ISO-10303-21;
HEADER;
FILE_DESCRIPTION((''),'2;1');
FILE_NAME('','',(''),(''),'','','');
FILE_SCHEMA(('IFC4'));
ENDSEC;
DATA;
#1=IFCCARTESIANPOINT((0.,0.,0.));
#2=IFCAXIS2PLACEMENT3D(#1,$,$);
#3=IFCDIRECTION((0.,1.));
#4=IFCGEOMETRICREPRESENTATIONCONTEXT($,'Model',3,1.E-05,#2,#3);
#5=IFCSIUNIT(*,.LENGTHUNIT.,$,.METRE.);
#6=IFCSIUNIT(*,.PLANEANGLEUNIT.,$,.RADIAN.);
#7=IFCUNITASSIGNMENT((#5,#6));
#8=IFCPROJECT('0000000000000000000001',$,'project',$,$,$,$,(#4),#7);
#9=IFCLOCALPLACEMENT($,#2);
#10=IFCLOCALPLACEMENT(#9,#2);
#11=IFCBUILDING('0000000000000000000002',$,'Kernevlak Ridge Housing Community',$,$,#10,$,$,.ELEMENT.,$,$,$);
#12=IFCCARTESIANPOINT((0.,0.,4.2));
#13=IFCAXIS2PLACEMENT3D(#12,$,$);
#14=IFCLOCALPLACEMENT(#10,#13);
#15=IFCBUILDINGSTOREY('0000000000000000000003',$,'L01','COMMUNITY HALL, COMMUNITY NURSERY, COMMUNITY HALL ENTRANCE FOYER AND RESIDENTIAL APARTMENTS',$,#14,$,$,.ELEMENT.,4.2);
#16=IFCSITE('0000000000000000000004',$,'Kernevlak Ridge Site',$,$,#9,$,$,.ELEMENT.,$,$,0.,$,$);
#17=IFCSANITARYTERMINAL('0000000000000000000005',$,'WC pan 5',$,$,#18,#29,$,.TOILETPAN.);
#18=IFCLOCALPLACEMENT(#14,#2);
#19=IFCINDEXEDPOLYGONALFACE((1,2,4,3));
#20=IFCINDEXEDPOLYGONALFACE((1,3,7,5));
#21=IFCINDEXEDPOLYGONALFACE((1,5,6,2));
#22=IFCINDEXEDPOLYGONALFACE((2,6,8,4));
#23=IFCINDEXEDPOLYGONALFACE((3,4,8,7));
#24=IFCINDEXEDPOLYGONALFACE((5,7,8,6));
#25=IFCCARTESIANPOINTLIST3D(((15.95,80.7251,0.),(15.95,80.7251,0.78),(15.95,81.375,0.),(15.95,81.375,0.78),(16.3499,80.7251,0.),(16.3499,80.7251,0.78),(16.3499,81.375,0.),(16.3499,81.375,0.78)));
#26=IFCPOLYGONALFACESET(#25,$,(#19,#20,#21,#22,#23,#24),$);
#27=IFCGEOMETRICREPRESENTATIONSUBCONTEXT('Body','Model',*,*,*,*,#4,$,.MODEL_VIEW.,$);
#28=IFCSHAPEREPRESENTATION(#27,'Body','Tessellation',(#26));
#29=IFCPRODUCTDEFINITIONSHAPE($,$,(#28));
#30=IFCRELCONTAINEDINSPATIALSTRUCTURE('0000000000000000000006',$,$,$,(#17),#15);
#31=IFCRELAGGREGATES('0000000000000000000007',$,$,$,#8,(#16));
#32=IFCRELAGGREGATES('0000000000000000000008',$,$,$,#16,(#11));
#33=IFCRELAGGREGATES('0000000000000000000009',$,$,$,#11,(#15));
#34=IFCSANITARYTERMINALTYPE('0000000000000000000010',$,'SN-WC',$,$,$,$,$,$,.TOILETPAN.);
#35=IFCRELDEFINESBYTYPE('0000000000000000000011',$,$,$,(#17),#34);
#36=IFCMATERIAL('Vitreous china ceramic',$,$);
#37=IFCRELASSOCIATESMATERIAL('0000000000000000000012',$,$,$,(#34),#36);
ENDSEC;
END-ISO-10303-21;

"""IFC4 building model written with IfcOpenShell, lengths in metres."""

from ifc_helpers import new_model, si_unit, direction, frame, origin, origin_2d, place, context, subcontext, project, spatial, rectangle, extrude, material, type_object, element, save


model = new_model("IFC4")

# Units and contexts
model_context = context("Model", 3, precision=1e-05, world=origin(), true_north=direction((0.0, 1.0)))
body_context = subcontext(model_context, "Body", "Model", "MODEL_VIEW")
ifc_project = project(units=[si_unit("LENGTHUNIT", "METRE"), si_unit("PLANEANGLEUNIT", "RADIAN")], contexts=[model_context])

# Site, building, storey
site_placement = place(None, origin())
site = spatial("IfcSite", under=ifc_project, at=site_placement, Name="Kernevlak Ridge Site", CompositionType="ELEMENT", RefElevation=0.0)
building_placement = place(site_placement, origin())
building = spatial("IfcBuilding", under=site, at=building_placement, Name="Kernevlak Ridge Housing Community", CompositionType="ELEMENT")
storey_placement = place(building_placement, frame((0.0, 0.0, 4.2)))
storey = spatial("IfcBuildingStorey", under=building, at=storey_placement, Name="L01", Description="COMMUNITY HALL, COMMUNITY NURSERY, COMMUNITY HALL ENTRANCE FOYER AND RESIDENTIAL APARTMENTS", CompositionType="ELEMENT", Elevation=4.2)

# Sanitary terminal
ifc_material_1 = material(Name="Vitreous china ceramic")
sanitary_terminal_type_1 = type_object("IfcSanitaryTerminalType", Name="SN-WC", PredefinedType="TOILETPAN", material=ifc_material_1)
sanitary_terminal_1_placement = place(storey_placement, frame((16.1499, 81.05, 0.0), z_axis=(0.0, 0.0, 1.0), x_axis=(1.0, 0.0, 0.0)))
element("IfcSanitaryTerminal", 1, at=sanitary_terminal_1_placement, inside=storey, type_object=sanitary_terminal_type_1, Name="WC pan 5", PredefinedType="TOILETPAN", context=body_context, shape_type="SweptSolid", body=[
    extrude(rectangle(XDim=0.3999, YDim=0.6499, at=origin_2d()), origin(), (0.0, 0.0, 1.0), 0.78),
])

save(model, "model.ifc")
